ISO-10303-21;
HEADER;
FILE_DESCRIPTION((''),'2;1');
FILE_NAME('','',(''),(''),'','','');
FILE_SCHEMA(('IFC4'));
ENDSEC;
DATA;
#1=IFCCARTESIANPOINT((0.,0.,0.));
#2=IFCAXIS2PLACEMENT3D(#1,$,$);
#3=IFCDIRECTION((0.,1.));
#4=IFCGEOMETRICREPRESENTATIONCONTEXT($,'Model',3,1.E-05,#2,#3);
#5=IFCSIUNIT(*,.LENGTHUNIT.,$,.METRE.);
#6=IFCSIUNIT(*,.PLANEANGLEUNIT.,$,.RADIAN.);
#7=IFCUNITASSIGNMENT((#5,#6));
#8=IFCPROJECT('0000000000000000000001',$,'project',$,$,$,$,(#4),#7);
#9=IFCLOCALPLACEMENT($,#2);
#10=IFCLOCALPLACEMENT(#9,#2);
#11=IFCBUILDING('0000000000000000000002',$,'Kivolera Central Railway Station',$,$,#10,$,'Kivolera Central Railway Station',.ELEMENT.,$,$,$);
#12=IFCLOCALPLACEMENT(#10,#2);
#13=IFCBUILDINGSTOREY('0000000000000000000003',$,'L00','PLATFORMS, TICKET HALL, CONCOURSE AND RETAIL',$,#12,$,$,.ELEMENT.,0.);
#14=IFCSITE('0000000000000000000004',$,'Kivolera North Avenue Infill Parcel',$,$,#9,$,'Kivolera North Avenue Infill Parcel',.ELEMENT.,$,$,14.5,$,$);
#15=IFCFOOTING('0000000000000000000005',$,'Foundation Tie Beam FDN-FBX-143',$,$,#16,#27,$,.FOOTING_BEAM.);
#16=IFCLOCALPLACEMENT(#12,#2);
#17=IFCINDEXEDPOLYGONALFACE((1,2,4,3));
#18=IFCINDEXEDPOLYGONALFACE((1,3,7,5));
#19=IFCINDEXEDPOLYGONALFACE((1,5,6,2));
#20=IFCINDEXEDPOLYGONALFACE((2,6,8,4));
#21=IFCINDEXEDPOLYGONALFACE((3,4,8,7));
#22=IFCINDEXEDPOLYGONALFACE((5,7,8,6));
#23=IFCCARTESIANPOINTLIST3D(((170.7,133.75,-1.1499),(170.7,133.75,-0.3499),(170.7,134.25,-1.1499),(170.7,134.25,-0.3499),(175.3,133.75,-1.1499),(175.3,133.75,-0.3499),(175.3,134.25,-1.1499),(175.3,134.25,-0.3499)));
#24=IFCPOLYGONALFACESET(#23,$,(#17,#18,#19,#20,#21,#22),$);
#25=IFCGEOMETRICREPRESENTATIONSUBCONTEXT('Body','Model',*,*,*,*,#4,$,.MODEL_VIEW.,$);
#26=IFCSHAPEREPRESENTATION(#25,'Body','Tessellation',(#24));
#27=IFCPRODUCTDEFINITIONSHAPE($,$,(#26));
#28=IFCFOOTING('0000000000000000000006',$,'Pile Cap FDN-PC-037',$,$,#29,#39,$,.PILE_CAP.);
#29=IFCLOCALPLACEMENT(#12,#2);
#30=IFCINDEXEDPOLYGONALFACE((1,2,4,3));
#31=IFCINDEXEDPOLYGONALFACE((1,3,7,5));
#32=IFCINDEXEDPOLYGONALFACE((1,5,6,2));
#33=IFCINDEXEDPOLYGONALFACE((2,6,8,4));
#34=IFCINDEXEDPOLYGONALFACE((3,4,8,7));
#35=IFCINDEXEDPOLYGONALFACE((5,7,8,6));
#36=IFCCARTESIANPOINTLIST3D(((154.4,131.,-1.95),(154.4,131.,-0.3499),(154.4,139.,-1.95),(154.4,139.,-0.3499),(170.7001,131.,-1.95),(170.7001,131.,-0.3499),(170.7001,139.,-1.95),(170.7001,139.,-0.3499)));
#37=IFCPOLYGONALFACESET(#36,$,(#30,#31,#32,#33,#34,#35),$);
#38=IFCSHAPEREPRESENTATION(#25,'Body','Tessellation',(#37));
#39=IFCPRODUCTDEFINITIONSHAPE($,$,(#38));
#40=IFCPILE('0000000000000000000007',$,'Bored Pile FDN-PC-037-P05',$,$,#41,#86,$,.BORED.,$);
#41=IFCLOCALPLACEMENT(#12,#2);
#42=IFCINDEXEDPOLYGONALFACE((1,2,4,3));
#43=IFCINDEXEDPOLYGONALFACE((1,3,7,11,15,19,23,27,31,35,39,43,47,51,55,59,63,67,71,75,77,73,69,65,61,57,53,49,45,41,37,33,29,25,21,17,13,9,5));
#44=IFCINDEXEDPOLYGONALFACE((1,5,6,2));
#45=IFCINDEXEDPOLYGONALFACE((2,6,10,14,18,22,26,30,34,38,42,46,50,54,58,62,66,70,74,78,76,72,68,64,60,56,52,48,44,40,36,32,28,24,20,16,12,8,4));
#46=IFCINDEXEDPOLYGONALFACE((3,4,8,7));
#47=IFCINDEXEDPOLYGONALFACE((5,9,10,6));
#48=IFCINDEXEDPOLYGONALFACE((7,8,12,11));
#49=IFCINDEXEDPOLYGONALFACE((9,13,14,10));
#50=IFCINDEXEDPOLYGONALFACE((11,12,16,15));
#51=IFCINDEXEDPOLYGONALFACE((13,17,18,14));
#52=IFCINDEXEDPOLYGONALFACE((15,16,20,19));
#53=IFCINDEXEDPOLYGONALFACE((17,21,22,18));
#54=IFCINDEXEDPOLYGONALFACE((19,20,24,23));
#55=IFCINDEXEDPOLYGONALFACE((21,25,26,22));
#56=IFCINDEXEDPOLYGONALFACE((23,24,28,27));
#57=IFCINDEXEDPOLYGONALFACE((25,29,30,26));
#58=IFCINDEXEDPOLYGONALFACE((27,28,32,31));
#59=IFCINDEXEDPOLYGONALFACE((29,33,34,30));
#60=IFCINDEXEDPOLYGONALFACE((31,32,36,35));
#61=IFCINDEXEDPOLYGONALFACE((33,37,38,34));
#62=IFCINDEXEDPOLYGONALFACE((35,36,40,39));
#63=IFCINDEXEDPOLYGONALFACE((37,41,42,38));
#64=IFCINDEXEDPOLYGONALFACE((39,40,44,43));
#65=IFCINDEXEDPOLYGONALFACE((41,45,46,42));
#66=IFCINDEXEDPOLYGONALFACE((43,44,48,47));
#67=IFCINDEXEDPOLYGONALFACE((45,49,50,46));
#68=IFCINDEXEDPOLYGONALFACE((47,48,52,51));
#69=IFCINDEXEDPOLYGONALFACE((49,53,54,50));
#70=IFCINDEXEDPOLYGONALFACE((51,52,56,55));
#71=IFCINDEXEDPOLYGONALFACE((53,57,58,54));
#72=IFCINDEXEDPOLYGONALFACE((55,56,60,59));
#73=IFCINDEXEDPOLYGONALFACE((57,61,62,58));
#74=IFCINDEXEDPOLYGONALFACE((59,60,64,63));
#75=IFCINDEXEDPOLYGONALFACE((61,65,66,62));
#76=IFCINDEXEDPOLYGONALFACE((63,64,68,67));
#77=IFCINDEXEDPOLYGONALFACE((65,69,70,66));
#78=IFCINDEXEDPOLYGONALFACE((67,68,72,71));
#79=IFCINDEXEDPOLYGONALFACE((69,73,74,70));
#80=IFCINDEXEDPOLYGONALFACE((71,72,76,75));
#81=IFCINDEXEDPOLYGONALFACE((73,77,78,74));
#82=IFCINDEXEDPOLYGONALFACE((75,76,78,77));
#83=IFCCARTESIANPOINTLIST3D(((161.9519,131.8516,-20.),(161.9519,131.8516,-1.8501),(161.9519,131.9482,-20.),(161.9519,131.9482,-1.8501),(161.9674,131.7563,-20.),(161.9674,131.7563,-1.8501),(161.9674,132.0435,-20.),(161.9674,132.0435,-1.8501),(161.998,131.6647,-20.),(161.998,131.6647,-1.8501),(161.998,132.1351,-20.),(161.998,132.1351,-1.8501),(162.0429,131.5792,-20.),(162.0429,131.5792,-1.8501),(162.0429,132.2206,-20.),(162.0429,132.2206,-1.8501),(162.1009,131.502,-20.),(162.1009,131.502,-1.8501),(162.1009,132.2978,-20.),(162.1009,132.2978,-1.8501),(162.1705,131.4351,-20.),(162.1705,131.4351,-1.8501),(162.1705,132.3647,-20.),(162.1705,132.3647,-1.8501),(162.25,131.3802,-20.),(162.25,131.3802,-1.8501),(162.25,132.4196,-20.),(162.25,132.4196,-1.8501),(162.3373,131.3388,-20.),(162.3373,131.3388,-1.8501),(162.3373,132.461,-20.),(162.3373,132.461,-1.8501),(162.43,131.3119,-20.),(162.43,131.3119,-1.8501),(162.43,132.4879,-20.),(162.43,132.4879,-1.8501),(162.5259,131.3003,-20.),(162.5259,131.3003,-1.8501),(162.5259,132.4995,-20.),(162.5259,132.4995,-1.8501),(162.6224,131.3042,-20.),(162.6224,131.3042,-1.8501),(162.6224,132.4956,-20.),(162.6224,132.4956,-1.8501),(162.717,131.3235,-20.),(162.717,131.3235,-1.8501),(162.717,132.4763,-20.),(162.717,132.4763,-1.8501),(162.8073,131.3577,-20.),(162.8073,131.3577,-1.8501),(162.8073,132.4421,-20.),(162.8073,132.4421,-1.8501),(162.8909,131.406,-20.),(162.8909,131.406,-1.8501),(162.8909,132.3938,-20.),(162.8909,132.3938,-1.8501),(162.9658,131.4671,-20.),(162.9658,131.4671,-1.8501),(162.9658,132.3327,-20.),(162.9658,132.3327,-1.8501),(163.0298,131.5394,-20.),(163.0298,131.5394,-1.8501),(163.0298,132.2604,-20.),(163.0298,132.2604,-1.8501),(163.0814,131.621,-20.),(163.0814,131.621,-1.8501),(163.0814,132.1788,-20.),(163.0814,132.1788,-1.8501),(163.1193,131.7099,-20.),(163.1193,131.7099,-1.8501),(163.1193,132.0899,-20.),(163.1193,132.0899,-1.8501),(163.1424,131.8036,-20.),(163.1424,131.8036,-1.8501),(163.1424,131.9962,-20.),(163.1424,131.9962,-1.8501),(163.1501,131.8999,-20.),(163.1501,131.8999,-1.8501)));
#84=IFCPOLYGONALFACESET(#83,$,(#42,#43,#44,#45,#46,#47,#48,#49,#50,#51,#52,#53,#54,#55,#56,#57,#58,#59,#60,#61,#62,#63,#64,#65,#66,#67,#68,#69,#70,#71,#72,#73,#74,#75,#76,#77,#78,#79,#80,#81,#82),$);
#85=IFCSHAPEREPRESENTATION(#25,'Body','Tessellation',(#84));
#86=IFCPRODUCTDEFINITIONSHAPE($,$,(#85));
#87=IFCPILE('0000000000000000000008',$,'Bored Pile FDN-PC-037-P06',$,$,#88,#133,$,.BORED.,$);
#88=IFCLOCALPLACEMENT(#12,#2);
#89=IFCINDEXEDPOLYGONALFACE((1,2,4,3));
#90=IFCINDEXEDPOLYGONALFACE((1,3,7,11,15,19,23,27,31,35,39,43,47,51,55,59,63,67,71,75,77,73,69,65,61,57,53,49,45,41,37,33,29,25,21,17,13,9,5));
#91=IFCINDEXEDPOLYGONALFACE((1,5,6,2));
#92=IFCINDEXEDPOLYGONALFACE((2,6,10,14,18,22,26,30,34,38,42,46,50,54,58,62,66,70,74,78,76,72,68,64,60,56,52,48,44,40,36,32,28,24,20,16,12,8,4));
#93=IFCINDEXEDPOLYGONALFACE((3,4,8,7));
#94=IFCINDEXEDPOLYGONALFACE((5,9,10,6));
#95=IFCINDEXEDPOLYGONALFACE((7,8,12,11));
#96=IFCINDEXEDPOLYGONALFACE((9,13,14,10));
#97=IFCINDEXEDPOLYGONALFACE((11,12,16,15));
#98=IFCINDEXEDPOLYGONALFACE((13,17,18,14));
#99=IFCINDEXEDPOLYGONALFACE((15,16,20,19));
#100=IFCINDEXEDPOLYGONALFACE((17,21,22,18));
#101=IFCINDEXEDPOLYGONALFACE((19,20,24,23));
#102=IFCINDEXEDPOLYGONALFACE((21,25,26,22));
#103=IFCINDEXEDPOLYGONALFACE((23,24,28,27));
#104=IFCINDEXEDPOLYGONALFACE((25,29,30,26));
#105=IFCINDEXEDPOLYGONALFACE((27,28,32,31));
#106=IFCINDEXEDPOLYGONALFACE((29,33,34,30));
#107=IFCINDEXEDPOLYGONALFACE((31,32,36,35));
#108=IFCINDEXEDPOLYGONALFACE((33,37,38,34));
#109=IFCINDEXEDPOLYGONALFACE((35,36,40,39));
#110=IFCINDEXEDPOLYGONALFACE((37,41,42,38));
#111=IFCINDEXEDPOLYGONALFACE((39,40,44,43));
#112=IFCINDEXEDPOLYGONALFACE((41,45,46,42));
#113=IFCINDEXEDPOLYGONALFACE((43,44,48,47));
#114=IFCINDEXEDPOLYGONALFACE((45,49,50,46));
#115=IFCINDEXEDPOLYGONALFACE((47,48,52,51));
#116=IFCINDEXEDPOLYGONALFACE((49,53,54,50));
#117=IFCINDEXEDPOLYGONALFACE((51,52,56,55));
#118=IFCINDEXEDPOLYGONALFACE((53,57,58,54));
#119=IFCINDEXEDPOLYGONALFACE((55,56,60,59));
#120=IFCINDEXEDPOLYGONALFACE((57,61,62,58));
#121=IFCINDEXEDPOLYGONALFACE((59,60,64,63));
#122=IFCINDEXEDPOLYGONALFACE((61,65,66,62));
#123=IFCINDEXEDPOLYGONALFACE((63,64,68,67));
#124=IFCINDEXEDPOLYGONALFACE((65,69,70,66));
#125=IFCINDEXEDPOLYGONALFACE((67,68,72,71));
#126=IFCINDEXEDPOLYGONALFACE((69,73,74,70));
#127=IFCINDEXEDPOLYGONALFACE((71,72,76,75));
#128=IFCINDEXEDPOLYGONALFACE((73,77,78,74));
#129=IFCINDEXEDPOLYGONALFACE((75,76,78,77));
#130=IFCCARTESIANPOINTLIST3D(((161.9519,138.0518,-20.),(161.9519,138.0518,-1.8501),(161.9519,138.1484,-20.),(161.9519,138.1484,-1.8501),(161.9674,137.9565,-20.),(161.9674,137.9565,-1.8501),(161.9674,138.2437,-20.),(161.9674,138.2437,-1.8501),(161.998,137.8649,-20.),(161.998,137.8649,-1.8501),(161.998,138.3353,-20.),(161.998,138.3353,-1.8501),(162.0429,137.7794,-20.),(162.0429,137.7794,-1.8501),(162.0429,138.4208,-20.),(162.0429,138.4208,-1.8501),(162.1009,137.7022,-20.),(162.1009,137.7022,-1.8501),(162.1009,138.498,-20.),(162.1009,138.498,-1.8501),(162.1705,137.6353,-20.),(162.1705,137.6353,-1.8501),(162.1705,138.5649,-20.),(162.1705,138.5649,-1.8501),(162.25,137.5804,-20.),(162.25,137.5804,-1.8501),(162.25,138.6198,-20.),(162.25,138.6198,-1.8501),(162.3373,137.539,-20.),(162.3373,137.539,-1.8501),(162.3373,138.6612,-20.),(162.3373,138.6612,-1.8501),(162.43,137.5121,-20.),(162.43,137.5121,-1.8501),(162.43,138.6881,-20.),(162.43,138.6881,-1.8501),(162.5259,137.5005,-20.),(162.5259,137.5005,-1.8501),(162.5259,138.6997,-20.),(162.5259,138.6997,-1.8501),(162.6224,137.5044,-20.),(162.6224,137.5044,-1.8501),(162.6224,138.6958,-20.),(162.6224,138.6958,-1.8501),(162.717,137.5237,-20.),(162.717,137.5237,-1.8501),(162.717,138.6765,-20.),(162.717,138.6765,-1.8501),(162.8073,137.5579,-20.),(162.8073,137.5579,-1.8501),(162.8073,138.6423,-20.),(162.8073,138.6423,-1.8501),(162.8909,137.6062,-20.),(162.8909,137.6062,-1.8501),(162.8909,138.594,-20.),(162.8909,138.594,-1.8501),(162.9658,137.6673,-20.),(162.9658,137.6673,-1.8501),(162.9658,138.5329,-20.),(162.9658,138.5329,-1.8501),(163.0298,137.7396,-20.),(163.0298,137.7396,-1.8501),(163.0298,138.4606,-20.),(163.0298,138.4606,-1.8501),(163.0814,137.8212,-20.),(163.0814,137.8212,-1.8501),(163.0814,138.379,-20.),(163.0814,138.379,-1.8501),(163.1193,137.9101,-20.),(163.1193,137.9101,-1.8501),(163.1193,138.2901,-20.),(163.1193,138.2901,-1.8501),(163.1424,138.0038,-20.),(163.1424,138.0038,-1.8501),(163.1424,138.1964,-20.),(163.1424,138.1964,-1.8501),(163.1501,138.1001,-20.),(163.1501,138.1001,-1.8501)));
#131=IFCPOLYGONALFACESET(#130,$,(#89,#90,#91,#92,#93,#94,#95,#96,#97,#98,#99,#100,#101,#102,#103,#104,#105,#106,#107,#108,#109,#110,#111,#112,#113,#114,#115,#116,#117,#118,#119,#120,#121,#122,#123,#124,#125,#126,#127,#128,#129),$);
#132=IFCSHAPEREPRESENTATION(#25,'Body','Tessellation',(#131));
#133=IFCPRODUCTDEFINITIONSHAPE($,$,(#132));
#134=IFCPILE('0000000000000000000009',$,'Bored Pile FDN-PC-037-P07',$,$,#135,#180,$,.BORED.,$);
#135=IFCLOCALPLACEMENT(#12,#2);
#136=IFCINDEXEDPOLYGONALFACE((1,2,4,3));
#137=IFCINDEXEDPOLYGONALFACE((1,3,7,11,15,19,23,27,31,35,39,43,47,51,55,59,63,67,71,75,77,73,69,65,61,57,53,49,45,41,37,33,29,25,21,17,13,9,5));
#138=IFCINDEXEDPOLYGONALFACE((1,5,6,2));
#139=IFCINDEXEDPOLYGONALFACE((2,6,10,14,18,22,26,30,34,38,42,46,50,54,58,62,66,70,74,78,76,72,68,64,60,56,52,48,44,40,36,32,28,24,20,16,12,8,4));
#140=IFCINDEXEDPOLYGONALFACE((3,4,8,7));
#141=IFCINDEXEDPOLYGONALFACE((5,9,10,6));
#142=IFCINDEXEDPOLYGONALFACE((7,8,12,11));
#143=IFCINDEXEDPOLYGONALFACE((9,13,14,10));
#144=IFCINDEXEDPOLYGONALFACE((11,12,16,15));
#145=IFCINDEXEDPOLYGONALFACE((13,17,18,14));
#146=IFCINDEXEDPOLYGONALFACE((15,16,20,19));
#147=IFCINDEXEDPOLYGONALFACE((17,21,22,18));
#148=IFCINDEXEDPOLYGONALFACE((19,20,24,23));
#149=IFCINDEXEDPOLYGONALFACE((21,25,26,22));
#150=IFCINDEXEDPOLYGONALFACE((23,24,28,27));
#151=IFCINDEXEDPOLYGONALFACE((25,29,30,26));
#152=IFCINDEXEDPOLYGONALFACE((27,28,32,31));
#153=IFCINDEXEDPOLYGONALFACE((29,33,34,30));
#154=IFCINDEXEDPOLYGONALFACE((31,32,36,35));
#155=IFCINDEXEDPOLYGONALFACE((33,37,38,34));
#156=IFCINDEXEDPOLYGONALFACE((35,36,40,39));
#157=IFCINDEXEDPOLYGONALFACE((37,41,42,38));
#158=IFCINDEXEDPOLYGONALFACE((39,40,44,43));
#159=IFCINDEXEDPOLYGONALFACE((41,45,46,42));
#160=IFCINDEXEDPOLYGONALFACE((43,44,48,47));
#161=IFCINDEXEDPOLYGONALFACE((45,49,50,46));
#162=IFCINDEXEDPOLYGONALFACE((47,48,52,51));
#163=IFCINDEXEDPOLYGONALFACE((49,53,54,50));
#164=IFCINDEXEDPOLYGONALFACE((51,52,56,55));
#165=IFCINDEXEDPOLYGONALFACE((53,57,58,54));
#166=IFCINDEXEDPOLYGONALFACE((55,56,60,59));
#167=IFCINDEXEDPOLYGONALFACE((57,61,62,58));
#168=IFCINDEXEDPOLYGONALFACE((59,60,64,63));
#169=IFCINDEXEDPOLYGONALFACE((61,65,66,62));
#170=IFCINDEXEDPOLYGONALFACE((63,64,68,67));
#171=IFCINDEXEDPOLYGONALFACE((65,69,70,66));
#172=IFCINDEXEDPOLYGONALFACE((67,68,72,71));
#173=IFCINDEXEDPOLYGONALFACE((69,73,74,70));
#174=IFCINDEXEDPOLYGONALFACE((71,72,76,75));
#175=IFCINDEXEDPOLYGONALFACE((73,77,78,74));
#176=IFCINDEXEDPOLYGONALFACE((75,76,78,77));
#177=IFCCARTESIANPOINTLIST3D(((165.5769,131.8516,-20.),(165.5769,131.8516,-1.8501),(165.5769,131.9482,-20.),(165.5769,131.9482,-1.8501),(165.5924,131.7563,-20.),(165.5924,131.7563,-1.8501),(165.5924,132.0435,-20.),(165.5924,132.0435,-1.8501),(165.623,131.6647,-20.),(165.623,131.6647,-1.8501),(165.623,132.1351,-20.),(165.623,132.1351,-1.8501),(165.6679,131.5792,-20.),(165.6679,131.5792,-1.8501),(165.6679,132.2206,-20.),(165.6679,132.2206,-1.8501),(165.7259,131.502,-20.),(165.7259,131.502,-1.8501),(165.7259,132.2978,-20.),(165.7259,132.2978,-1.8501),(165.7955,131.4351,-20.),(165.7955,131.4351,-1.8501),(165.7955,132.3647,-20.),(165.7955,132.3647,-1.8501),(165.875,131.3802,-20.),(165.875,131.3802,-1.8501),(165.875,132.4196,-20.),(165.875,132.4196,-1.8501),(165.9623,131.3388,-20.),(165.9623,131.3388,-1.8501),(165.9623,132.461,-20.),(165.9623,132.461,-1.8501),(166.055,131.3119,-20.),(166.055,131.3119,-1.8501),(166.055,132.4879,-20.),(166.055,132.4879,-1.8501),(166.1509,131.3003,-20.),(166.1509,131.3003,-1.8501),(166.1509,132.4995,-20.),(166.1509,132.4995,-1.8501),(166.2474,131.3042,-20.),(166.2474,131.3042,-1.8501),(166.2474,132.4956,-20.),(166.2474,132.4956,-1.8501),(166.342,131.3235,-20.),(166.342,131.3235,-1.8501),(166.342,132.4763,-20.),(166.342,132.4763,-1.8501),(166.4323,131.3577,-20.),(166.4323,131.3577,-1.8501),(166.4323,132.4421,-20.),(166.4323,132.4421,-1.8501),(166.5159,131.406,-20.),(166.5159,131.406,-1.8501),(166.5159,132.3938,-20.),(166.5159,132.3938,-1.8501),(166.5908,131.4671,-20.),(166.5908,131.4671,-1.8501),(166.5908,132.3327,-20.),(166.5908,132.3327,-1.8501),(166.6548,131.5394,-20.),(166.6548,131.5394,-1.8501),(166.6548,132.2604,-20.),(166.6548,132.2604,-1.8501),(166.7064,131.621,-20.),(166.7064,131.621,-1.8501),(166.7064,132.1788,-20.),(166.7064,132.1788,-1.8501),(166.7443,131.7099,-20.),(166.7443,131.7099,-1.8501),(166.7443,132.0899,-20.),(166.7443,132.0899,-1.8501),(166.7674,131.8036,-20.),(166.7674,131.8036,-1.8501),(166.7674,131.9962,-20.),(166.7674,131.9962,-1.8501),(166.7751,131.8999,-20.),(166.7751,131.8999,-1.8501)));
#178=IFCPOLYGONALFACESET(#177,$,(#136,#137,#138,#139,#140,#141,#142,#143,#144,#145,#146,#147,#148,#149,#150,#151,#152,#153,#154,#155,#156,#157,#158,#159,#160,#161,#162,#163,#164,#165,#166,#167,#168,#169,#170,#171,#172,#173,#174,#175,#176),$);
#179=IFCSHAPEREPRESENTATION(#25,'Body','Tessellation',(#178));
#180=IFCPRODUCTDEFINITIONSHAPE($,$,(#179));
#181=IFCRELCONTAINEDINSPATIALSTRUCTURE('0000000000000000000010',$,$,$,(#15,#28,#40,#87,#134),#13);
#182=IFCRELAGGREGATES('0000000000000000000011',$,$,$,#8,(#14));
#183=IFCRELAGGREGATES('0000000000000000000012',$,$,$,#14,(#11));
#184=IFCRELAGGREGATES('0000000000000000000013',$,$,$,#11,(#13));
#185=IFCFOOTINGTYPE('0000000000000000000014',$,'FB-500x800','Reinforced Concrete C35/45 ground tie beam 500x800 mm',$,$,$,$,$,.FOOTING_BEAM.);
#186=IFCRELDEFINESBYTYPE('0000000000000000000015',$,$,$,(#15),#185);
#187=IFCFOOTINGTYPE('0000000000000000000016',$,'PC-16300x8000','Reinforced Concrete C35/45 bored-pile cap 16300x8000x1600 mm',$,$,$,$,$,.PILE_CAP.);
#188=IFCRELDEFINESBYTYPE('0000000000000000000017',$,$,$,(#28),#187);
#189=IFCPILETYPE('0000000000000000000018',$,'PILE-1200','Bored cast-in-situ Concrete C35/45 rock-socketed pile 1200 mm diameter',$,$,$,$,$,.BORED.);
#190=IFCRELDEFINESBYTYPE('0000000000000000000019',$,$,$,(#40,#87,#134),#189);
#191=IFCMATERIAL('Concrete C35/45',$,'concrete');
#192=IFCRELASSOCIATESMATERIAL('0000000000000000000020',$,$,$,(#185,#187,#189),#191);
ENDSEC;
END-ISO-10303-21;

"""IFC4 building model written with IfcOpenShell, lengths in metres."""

from ifc_helpers import new_model, si_unit, direction, frame, origin, origin_2d, place, context, subcontext, project, spatial, rectangle, circle, extrude, material, material_profile, profile_set, type_object, element, save


model = new_model("IFC4")

# Units and contexts
model_context = context("Model", 3, precision=1e-05, world=origin(), true_north=direction((0.0, 1.0)))
body_context = subcontext(model_context, "Body", "Model", "MODEL_VIEW")
ifc_project = project(units=[si_unit("LENGTHUNIT", "METRE"), si_unit("PLANEANGLEUNIT", "RADIAN")], contexts=[model_context])

# Site, building, storey
site_placement = place(None, origin())
site = spatial("IfcSite", under=ifc_project, at=site_placement, Name="Kivolera North Avenue Infill Parcel", LongName="Kivolera North Avenue Infill Parcel", CompositionType="ELEMENT", RefElevation=14.5)
building_placement = place(site_placement, origin())
building = spatial("IfcBuilding", under=site, at=building_placement, Name="Kivolera Central Railway Station", LongName="Kivolera Central Railway Station", CompositionType="ELEMENT")
storey_placement = place(building_placement, origin())
storey = spatial("IfcBuildingStorey", under=building, at=storey_placement, Name="L00", Description="PLATFORMS, TICKET HALL, CONCOURSE AND RETAIL", CompositionType="ELEMENT", Elevation=0.0)

# Footings
ifc_material_1 = material(Name="Concrete C35/45", Category="concrete")
footing_type_1 = type_object("IfcFootingType", Name="FB-500x800", Description="Reinforced Concrete C35/45 ground tie beam 500x800 mm", PredefinedType="FOOTING_BEAM", material=ifc_material_1)
footing_1_placement = place(storey_placement, frame((173.0, 134.0, -1.1499), z_axis=(0.0, 0.0, 1.0), x_axis=(1.0, 0.0, 0.0)))
element("IfcFooting", 1, at=footing_1_placement, inside=storey, type_object=footing_type_1, Name="Foundation Tie Beam FDN-FBX-143", PredefinedType="FOOTING_BEAM", context=body_context, shape_type="SweptSolid", body=[
    extrude(rectangle(XDim=4.6001, YDim=0.5, at=origin_2d()), origin(), (0.0, 0.0, 1.0), 0.8),
])
footing_type_2 = type_object("IfcFootingType", Name="PC-16300x8000", Description="Reinforced Concrete C35/45 bored-pile cap 16300x8000x1600 mm", PredefinedType="PILE_CAP", material=ifc_material_1)
footing_2_placement = place(storey_placement, frame((162.55, 135.0, -1.95), z_axis=(0.0, 0.0, 1.0), x_axis=(1.0, 0.0, 0.0)))
element("IfcFooting", 2, at=footing_2_placement, inside=storey, type_object=footing_type_2, Name="Pile Cap FDN-PC-037", PredefinedType="PILE_CAP", context=body_context, shape_type="SweptSolid", body=[
    extrude(rectangle(XDim=16.3, YDim=8.0, at=origin_2d()), origin(), (0.0, 0.0, 1.0), 1.6001),
])

# Piles
ifc_material_profile_1 = material_profile(ifc_material_1, circle(Radius=0.6001, at=origin_2d()), Name="PILE D1200")
ifc_profile_set_1 = profile_set([ifc_material_profile_1], Name="Concrete C35/45")
pile_type = type_object("IfcPileType", Name="PILE-1200", Description="Bored cast-in-situ Concrete C35/45 rock-socketed pile 1200 mm diameter", PredefinedType="BORED", material=ifc_profile_set_1)
for number, where, z_axis, x_axis, name in (
    (3, (162.55, 131.8999, -1.8501), (0.0, 0.0, -1.0), (1.0, 0.0, 0.0), "Bored Pile FDN-PC-037-P05"),
    (4, (162.55, 138.1001, -1.8501), (0.0, 0.0, -1.0), (1.0, 0.0, 0.0), "Bored Pile FDN-PC-037-P06"),
    (5, (166.175, 131.8999, -1.8501), (0.0, 0.0, -1.0), (1.0, 0.0, 0.0), "Bored Pile FDN-PC-037-P07"),
):
    element("IfcPile", number, at=place(storey_placement, frame(where, z_axis=z_axis, x_axis=x_axis)), inside=storey, type_object=pile_type, Name=name, PredefinedType="BORED", context=body_context, shape_type="SweptSolid", body=[
        extrude(circle(Radius=0.6001, at=origin_2d()), origin(), (0.0, 0.0, 1.0), 18.1499),
    ])

save(model, "model.ifc")
